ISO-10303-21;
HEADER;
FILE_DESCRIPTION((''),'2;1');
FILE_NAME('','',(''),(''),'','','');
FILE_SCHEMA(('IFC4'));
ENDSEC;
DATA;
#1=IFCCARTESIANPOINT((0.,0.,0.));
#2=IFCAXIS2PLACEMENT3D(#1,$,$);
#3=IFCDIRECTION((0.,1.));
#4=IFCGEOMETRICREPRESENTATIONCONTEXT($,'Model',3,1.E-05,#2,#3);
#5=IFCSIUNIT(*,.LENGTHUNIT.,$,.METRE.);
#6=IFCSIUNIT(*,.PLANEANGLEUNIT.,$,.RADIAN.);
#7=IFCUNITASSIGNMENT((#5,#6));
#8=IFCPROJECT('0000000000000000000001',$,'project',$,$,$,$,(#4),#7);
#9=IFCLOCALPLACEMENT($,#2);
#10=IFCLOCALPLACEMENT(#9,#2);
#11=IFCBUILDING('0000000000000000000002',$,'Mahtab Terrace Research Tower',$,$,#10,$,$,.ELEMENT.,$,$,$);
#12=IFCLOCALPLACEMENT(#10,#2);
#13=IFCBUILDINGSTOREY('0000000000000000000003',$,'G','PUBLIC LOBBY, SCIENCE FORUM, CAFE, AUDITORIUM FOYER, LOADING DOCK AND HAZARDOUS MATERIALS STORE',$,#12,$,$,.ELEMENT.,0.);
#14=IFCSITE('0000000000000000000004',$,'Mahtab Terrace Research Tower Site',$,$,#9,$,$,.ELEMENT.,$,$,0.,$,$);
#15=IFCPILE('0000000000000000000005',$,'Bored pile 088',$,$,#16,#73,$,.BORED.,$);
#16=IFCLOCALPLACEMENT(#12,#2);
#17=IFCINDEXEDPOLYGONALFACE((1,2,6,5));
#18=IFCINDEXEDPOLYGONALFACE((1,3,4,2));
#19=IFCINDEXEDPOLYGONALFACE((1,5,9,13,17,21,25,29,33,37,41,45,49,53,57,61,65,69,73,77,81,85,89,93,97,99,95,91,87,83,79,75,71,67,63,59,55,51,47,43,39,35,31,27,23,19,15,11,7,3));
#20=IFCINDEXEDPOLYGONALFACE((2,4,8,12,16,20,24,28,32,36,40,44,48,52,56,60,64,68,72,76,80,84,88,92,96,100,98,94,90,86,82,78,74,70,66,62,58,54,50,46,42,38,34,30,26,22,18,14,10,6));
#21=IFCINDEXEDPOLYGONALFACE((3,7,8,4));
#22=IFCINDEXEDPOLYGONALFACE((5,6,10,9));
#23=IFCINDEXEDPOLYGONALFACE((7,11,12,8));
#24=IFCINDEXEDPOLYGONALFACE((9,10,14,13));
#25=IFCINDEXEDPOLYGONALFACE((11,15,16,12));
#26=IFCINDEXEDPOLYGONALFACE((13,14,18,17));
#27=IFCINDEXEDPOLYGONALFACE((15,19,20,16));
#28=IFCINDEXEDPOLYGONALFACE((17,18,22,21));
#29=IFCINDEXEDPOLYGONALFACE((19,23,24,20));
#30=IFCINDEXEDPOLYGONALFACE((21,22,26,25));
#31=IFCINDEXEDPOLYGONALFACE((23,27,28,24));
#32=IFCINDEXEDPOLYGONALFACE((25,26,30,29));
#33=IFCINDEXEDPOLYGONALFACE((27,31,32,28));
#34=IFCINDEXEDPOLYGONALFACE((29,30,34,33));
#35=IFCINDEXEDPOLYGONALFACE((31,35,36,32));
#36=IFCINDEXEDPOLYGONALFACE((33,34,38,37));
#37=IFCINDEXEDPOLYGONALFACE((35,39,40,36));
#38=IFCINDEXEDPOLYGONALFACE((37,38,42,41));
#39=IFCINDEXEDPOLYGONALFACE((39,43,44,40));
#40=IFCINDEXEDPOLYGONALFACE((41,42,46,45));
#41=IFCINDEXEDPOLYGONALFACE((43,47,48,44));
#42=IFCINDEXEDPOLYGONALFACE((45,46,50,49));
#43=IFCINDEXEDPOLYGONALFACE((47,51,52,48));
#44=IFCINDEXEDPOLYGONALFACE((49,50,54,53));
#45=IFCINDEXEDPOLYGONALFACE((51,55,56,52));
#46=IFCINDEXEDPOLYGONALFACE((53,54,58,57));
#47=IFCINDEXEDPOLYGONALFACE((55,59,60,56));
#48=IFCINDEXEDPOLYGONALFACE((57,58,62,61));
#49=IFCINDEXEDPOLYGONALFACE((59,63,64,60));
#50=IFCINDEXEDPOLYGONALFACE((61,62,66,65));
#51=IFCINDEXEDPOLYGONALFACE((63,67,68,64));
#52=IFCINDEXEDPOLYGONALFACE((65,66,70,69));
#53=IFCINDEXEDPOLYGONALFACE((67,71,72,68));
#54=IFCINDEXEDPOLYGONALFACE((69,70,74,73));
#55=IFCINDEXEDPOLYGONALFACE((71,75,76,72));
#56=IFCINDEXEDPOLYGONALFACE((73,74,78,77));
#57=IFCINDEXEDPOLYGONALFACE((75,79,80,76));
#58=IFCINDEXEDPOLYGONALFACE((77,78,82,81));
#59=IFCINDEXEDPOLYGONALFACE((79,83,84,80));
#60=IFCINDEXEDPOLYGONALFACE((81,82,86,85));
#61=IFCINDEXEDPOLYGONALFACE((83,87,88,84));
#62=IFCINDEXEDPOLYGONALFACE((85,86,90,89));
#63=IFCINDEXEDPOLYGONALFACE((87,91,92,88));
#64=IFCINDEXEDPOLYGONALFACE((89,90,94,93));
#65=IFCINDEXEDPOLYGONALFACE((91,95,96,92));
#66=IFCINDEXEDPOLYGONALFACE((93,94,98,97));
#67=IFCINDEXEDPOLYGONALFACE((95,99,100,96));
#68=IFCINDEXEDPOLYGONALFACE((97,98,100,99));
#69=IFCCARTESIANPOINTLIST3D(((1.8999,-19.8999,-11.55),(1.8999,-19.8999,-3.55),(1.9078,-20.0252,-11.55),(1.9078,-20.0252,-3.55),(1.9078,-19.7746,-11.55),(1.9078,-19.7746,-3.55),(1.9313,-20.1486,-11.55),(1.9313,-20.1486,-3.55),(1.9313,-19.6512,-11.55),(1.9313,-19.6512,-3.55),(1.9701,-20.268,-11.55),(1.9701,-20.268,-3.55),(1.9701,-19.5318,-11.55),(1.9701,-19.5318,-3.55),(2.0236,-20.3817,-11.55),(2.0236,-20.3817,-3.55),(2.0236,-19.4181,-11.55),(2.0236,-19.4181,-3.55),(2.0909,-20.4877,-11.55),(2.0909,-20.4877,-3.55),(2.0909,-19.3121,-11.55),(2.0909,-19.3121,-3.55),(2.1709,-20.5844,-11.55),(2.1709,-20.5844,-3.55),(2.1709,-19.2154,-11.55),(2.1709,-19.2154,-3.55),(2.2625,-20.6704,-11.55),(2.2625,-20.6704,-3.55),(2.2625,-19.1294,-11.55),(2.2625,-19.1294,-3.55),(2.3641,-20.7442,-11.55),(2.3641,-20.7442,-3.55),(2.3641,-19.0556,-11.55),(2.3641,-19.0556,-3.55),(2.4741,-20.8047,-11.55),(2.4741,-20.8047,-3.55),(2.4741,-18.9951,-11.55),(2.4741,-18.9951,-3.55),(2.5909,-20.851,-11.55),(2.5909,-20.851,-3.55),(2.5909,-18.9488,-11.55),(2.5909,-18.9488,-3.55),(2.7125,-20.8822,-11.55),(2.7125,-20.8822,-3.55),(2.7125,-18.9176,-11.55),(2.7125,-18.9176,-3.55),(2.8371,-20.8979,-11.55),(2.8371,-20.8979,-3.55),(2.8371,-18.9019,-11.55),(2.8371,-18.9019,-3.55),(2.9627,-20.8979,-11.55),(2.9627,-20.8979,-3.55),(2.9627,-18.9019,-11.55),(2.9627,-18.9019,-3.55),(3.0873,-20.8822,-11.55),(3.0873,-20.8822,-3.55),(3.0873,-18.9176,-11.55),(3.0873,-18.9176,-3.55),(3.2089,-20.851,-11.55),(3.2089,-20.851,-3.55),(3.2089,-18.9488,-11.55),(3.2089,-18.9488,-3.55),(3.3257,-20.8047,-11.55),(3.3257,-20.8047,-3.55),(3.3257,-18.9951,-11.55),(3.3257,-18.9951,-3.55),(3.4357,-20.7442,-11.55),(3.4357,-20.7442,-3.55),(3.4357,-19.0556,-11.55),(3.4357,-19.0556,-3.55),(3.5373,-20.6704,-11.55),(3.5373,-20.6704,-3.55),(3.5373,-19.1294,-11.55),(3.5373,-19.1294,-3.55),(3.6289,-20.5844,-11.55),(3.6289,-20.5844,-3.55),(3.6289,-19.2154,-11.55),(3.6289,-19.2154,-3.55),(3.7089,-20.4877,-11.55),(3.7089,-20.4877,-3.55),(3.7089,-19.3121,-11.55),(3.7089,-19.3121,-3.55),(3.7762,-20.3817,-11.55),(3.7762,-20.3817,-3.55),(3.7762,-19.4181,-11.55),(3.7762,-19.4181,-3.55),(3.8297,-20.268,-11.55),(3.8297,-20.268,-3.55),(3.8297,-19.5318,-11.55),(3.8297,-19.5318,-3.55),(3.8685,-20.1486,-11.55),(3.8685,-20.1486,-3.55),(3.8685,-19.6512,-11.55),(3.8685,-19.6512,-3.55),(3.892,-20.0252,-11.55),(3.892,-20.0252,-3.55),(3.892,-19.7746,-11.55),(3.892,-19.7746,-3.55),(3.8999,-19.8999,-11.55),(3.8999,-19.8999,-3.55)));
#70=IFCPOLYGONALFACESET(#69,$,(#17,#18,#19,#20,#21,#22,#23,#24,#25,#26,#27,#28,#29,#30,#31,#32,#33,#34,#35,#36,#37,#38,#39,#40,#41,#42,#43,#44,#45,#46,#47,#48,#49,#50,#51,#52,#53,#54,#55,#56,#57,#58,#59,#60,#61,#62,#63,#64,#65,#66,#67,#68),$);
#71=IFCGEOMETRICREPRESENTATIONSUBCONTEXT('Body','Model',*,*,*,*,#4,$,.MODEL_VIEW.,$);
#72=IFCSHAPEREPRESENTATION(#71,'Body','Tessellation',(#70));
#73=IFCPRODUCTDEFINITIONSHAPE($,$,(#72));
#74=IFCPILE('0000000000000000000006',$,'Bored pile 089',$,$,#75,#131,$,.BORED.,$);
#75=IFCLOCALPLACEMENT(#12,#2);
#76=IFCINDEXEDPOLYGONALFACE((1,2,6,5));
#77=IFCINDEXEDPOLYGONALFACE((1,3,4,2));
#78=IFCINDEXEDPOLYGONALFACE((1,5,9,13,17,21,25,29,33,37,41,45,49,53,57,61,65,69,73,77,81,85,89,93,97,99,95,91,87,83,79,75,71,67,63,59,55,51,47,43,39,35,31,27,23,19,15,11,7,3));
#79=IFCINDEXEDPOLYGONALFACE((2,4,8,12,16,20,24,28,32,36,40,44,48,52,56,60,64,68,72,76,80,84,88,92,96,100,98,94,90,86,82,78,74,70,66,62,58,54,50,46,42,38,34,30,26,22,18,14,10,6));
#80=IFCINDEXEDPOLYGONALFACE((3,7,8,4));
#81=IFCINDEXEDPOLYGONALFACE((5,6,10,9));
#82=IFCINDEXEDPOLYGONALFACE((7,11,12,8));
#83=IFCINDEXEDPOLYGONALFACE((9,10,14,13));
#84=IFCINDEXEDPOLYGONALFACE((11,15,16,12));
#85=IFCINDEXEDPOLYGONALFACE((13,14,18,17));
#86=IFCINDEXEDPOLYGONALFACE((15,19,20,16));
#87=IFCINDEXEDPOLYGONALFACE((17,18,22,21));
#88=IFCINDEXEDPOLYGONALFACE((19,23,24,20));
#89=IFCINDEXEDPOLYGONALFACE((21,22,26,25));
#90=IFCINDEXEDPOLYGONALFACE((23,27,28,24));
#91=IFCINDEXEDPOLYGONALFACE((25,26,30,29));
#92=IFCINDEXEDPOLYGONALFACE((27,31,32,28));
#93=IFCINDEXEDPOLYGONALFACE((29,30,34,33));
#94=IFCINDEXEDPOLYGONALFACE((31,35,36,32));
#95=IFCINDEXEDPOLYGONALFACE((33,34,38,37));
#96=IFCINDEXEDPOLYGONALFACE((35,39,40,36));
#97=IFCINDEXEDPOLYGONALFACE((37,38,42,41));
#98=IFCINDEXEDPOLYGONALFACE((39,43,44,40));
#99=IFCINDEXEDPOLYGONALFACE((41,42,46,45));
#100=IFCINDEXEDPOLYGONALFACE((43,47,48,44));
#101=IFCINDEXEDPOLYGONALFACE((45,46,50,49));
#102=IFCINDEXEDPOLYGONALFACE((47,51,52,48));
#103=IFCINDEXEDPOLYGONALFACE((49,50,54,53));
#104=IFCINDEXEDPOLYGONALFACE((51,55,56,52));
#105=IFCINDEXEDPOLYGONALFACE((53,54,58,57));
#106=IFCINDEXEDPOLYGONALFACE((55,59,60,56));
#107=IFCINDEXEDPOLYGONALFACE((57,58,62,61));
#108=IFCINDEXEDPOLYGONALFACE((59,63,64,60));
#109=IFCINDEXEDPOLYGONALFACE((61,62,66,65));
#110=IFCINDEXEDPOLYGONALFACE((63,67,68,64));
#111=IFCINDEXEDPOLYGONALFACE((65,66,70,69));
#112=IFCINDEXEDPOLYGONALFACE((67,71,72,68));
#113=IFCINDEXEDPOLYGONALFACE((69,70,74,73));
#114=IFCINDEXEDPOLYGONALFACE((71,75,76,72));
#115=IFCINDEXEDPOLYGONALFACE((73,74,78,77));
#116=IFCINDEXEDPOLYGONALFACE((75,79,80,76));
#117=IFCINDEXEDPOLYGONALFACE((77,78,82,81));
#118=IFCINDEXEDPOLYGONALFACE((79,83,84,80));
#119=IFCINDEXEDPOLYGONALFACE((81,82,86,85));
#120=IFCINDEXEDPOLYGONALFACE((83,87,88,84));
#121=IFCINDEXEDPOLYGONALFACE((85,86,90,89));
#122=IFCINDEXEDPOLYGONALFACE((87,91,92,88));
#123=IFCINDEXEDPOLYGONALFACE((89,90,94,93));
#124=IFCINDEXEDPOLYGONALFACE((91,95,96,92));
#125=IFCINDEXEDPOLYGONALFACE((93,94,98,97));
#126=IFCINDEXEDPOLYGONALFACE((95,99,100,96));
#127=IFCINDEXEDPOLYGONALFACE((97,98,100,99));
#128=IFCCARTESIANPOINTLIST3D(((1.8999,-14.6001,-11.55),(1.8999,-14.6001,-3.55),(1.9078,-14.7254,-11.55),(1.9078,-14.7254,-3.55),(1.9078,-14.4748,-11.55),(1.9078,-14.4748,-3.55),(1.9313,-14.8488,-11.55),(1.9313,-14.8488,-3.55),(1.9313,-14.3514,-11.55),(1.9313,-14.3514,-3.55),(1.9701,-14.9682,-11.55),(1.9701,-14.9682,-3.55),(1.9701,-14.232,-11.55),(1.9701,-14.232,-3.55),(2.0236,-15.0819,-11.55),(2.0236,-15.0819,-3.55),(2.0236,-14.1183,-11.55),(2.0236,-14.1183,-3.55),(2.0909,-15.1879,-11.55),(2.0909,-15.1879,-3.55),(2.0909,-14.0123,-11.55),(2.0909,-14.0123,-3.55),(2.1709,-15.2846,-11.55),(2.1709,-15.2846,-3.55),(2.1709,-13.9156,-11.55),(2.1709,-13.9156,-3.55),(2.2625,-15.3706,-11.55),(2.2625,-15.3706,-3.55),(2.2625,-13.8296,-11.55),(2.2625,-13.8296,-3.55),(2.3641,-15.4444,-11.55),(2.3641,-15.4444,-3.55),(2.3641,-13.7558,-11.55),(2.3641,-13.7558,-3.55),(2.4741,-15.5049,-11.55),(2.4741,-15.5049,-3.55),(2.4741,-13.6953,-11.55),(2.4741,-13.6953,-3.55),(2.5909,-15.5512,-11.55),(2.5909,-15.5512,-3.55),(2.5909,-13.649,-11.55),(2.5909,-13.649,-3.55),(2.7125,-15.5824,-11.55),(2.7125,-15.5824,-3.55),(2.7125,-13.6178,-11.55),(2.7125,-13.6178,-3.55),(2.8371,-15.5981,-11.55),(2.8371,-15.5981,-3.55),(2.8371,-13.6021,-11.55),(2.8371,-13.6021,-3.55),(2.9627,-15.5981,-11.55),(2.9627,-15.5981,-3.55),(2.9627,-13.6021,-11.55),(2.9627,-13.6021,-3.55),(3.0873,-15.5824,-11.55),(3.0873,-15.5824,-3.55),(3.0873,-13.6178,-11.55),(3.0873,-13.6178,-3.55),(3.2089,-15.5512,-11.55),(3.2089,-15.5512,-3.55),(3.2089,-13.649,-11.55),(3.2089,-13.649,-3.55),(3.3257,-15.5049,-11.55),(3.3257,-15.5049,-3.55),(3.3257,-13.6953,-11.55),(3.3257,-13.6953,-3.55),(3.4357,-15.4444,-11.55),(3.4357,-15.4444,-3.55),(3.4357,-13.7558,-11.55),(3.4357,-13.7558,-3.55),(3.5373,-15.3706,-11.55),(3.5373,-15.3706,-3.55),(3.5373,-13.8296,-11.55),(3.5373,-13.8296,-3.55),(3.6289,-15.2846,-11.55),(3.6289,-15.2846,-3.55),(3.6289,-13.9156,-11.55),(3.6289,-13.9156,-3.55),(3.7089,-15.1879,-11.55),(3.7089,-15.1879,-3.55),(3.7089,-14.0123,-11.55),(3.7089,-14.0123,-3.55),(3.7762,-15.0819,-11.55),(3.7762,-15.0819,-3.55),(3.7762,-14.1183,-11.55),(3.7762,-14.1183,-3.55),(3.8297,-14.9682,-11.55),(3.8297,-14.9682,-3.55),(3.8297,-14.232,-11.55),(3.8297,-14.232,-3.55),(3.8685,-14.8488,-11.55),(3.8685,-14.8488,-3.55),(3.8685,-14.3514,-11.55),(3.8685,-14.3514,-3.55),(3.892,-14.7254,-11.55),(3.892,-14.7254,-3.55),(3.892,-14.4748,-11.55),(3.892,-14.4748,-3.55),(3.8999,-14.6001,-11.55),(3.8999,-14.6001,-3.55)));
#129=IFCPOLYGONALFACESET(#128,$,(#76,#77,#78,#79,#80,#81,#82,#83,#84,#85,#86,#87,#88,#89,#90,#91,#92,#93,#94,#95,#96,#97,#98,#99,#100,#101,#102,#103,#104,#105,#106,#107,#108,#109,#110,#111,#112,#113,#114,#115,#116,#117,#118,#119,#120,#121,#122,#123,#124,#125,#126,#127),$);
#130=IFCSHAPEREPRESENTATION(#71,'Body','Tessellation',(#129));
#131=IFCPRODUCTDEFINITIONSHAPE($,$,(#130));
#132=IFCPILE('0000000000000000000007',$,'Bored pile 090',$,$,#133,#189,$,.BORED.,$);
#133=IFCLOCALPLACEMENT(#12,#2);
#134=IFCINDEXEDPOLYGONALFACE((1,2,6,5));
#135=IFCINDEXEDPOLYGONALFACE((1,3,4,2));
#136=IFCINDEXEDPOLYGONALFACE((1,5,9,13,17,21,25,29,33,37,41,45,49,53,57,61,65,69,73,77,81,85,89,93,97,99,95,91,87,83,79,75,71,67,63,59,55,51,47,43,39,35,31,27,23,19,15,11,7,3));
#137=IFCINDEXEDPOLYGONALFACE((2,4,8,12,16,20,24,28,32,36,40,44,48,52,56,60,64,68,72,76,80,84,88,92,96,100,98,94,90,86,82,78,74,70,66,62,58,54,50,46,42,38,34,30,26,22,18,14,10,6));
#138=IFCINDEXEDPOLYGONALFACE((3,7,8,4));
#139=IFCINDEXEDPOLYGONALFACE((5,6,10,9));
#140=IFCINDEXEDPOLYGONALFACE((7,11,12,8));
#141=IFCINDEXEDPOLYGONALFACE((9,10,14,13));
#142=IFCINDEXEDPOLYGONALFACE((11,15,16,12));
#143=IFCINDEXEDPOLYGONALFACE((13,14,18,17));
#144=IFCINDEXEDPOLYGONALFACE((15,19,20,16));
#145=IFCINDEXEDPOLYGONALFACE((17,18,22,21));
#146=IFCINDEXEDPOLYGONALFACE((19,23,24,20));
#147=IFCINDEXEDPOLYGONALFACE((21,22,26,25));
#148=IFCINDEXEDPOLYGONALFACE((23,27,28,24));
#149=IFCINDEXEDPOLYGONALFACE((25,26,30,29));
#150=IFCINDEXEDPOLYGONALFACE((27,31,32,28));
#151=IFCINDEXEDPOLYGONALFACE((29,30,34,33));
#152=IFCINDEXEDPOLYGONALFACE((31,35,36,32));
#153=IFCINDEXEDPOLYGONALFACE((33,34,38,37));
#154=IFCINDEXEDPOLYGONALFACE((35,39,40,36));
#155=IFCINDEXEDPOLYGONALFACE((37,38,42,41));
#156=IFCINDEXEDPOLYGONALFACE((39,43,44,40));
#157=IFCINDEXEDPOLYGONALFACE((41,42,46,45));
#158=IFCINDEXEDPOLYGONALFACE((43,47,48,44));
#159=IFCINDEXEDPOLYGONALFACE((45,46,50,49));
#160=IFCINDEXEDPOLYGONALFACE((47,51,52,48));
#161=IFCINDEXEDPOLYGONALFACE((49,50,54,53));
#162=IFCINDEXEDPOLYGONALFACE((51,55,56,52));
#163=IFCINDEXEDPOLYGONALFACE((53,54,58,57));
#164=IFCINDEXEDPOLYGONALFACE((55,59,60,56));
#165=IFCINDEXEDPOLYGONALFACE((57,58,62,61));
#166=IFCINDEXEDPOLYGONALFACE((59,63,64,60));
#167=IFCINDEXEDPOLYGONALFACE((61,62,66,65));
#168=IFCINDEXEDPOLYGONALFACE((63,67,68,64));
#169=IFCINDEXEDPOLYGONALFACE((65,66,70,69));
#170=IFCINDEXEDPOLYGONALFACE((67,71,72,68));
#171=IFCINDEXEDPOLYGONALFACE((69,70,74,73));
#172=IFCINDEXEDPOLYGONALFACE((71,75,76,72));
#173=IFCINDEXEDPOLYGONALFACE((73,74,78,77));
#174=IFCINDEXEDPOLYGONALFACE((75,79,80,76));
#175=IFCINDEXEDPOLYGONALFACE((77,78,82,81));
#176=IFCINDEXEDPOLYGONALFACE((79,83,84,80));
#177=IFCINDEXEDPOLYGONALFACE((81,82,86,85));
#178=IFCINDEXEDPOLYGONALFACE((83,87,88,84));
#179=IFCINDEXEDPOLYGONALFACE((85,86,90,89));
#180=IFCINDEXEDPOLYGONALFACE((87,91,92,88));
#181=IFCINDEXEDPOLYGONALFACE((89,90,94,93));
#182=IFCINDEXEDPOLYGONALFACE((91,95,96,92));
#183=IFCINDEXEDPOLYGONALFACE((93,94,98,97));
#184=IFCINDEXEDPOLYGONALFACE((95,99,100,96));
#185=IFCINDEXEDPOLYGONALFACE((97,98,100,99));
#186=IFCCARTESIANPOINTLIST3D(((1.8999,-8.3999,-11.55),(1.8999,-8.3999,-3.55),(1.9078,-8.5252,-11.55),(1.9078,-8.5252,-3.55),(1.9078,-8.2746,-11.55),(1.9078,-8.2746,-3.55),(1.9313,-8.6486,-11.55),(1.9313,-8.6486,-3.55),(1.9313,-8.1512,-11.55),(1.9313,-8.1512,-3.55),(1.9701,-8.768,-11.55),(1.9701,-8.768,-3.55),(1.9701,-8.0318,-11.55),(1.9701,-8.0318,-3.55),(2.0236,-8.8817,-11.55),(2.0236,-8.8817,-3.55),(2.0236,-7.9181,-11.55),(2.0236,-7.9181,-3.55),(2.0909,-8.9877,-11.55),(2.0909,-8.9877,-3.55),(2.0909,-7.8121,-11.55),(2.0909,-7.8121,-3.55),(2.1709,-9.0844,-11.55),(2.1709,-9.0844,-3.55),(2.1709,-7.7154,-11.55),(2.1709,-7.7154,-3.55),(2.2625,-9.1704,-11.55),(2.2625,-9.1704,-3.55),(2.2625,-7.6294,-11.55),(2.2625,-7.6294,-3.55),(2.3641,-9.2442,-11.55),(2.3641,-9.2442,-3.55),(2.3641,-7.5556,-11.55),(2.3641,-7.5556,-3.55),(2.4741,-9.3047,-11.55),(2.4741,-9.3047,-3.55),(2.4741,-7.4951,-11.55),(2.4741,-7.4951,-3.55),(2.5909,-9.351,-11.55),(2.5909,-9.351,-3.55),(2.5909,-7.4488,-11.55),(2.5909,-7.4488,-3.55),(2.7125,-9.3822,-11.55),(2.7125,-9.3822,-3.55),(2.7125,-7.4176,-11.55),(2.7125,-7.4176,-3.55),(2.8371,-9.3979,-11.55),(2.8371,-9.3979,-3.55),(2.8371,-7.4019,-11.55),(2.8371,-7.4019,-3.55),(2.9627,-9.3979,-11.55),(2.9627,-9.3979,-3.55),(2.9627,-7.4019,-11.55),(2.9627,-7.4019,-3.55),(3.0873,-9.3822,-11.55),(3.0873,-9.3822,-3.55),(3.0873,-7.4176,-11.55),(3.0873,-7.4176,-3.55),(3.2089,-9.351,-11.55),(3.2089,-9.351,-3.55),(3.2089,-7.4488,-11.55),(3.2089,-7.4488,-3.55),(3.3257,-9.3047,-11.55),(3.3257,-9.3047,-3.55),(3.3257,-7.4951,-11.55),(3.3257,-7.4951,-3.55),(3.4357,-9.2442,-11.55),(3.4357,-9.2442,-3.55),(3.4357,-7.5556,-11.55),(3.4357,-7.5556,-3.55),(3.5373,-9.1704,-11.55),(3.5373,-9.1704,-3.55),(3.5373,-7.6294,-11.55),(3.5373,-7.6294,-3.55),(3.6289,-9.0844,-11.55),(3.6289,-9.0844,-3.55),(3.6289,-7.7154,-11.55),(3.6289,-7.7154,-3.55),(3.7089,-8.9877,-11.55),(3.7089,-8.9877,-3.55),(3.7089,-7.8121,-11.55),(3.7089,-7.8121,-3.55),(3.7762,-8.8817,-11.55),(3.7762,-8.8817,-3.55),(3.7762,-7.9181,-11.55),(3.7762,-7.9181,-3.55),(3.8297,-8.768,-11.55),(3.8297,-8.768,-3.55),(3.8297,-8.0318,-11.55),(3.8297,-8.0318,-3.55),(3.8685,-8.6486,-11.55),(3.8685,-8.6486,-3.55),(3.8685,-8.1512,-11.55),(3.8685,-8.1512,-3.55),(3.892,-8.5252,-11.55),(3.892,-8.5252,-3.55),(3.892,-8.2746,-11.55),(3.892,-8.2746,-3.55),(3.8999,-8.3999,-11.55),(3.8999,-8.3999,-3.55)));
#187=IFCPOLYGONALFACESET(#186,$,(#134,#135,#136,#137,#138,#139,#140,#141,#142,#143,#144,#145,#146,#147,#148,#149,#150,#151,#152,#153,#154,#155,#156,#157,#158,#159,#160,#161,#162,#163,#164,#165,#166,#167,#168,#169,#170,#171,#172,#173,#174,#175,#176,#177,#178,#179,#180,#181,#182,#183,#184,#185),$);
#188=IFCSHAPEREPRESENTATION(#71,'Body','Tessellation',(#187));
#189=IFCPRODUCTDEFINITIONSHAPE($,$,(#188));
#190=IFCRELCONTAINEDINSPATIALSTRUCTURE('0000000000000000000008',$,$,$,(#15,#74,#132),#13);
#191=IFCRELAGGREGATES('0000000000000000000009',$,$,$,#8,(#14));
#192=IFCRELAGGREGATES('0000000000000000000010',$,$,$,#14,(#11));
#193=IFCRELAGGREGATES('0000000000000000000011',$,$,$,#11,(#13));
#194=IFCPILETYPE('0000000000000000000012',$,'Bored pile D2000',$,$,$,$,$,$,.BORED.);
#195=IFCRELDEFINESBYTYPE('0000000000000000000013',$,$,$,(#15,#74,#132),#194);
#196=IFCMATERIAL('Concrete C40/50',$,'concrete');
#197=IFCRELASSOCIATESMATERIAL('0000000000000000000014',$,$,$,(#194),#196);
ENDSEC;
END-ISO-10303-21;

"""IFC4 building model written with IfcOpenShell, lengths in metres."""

from ifc_helpers import new_model, si_unit, direction, frame, origin, origin_2d, place, context, subcontext, project, spatial, circle, extrude, material, material_profile, profile_set, type_object, element, save


model = new_model("IFC4")

# Units and contexts
model_context = context("Model", 3, precision=1e-05, world=origin(), true_north=direction((0.0, 1.0)))
body_context = subcontext(model_context, "Body", "Model", "MODEL_VIEW")
ifc_project = project(units=[si_unit("LENGTHUNIT", "METRE"), si_unit("PLANEANGLEUNIT", "RADIAN")], contexts=[model_context])

# Site, building, storey
site_placement = place(None, origin())
site = spatial("IfcSite", under=ifc_project, at=site_placement, Name="Mahtab Terrace Research Tower Site", CompositionType="ELEMENT", RefElevation=0.0)
building_placement = place(site_placement, origin())
building = spatial("IfcBuilding", under=site, at=building_placement, Name="Mahtab Terrace Research Tower", CompositionType="ELEMENT")
storey_placement = place(building_placement, origin())
storey = spatial("IfcBuildingStorey", under=building, at=storey_placement, Name="G", Description="PUBLIC LOBBY, SCIENCE FORUM, CAFE, AUDITORIUM FOYER, LOADING DOCK AND HAZARDOUS MATERIALS STORE", CompositionType="ELEMENT", Elevation=0.0)

# Piles
ifc_material_1 = material(Name="Concrete C40/50", Category="concrete")
ifc_material_profile_1 = material_profile(ifc_material_1, circle(Radius=1.0, at=origin_2d()), Name="Bored pile D2000")
ifc_profile_set_1 = profile_set([ifc_material_profile_1], Name="Concrete C40/50")
pile_type_1 = type_object("IfcPileType", Name="Bored pile D2000", PredefinedType="BORED", material=ifc_profile_set_1)
for number, where, z_axis, x_axis, name in (
    (1, (2.8999, -19.8999, -3.55), (0.0, 0.0, -1.0), (1.0, 0.0, 0.0), "Bored pile 088"),
    (2, (2.8999, -14.6001, -3.55), (0.0, 0.0, -1.0), (1.0, 0.0, 0.0), "Bored pile 089"),
    (3, (2.8999, -8.3999, -3.55), (0.0, 0.0, -1.0), (1.0, 0.0, 0.0), "Bored pile 090"),
):
    element("IfcPile", number, at=place(storey_placement, frame(where, z_axis=z_axis, x_axis=x_axis)), inside=storey, type_object=pile_type_1, Name=name, PredefinedType="BORED", context=body_context, shape_type="SweptSolid", body=[
        extrude(circle(Radius=1.0, at=origin_2d()), origin(), (0.0, 0.0, 1.0), 8.0),
    ])

save(model, "model.ifc")
